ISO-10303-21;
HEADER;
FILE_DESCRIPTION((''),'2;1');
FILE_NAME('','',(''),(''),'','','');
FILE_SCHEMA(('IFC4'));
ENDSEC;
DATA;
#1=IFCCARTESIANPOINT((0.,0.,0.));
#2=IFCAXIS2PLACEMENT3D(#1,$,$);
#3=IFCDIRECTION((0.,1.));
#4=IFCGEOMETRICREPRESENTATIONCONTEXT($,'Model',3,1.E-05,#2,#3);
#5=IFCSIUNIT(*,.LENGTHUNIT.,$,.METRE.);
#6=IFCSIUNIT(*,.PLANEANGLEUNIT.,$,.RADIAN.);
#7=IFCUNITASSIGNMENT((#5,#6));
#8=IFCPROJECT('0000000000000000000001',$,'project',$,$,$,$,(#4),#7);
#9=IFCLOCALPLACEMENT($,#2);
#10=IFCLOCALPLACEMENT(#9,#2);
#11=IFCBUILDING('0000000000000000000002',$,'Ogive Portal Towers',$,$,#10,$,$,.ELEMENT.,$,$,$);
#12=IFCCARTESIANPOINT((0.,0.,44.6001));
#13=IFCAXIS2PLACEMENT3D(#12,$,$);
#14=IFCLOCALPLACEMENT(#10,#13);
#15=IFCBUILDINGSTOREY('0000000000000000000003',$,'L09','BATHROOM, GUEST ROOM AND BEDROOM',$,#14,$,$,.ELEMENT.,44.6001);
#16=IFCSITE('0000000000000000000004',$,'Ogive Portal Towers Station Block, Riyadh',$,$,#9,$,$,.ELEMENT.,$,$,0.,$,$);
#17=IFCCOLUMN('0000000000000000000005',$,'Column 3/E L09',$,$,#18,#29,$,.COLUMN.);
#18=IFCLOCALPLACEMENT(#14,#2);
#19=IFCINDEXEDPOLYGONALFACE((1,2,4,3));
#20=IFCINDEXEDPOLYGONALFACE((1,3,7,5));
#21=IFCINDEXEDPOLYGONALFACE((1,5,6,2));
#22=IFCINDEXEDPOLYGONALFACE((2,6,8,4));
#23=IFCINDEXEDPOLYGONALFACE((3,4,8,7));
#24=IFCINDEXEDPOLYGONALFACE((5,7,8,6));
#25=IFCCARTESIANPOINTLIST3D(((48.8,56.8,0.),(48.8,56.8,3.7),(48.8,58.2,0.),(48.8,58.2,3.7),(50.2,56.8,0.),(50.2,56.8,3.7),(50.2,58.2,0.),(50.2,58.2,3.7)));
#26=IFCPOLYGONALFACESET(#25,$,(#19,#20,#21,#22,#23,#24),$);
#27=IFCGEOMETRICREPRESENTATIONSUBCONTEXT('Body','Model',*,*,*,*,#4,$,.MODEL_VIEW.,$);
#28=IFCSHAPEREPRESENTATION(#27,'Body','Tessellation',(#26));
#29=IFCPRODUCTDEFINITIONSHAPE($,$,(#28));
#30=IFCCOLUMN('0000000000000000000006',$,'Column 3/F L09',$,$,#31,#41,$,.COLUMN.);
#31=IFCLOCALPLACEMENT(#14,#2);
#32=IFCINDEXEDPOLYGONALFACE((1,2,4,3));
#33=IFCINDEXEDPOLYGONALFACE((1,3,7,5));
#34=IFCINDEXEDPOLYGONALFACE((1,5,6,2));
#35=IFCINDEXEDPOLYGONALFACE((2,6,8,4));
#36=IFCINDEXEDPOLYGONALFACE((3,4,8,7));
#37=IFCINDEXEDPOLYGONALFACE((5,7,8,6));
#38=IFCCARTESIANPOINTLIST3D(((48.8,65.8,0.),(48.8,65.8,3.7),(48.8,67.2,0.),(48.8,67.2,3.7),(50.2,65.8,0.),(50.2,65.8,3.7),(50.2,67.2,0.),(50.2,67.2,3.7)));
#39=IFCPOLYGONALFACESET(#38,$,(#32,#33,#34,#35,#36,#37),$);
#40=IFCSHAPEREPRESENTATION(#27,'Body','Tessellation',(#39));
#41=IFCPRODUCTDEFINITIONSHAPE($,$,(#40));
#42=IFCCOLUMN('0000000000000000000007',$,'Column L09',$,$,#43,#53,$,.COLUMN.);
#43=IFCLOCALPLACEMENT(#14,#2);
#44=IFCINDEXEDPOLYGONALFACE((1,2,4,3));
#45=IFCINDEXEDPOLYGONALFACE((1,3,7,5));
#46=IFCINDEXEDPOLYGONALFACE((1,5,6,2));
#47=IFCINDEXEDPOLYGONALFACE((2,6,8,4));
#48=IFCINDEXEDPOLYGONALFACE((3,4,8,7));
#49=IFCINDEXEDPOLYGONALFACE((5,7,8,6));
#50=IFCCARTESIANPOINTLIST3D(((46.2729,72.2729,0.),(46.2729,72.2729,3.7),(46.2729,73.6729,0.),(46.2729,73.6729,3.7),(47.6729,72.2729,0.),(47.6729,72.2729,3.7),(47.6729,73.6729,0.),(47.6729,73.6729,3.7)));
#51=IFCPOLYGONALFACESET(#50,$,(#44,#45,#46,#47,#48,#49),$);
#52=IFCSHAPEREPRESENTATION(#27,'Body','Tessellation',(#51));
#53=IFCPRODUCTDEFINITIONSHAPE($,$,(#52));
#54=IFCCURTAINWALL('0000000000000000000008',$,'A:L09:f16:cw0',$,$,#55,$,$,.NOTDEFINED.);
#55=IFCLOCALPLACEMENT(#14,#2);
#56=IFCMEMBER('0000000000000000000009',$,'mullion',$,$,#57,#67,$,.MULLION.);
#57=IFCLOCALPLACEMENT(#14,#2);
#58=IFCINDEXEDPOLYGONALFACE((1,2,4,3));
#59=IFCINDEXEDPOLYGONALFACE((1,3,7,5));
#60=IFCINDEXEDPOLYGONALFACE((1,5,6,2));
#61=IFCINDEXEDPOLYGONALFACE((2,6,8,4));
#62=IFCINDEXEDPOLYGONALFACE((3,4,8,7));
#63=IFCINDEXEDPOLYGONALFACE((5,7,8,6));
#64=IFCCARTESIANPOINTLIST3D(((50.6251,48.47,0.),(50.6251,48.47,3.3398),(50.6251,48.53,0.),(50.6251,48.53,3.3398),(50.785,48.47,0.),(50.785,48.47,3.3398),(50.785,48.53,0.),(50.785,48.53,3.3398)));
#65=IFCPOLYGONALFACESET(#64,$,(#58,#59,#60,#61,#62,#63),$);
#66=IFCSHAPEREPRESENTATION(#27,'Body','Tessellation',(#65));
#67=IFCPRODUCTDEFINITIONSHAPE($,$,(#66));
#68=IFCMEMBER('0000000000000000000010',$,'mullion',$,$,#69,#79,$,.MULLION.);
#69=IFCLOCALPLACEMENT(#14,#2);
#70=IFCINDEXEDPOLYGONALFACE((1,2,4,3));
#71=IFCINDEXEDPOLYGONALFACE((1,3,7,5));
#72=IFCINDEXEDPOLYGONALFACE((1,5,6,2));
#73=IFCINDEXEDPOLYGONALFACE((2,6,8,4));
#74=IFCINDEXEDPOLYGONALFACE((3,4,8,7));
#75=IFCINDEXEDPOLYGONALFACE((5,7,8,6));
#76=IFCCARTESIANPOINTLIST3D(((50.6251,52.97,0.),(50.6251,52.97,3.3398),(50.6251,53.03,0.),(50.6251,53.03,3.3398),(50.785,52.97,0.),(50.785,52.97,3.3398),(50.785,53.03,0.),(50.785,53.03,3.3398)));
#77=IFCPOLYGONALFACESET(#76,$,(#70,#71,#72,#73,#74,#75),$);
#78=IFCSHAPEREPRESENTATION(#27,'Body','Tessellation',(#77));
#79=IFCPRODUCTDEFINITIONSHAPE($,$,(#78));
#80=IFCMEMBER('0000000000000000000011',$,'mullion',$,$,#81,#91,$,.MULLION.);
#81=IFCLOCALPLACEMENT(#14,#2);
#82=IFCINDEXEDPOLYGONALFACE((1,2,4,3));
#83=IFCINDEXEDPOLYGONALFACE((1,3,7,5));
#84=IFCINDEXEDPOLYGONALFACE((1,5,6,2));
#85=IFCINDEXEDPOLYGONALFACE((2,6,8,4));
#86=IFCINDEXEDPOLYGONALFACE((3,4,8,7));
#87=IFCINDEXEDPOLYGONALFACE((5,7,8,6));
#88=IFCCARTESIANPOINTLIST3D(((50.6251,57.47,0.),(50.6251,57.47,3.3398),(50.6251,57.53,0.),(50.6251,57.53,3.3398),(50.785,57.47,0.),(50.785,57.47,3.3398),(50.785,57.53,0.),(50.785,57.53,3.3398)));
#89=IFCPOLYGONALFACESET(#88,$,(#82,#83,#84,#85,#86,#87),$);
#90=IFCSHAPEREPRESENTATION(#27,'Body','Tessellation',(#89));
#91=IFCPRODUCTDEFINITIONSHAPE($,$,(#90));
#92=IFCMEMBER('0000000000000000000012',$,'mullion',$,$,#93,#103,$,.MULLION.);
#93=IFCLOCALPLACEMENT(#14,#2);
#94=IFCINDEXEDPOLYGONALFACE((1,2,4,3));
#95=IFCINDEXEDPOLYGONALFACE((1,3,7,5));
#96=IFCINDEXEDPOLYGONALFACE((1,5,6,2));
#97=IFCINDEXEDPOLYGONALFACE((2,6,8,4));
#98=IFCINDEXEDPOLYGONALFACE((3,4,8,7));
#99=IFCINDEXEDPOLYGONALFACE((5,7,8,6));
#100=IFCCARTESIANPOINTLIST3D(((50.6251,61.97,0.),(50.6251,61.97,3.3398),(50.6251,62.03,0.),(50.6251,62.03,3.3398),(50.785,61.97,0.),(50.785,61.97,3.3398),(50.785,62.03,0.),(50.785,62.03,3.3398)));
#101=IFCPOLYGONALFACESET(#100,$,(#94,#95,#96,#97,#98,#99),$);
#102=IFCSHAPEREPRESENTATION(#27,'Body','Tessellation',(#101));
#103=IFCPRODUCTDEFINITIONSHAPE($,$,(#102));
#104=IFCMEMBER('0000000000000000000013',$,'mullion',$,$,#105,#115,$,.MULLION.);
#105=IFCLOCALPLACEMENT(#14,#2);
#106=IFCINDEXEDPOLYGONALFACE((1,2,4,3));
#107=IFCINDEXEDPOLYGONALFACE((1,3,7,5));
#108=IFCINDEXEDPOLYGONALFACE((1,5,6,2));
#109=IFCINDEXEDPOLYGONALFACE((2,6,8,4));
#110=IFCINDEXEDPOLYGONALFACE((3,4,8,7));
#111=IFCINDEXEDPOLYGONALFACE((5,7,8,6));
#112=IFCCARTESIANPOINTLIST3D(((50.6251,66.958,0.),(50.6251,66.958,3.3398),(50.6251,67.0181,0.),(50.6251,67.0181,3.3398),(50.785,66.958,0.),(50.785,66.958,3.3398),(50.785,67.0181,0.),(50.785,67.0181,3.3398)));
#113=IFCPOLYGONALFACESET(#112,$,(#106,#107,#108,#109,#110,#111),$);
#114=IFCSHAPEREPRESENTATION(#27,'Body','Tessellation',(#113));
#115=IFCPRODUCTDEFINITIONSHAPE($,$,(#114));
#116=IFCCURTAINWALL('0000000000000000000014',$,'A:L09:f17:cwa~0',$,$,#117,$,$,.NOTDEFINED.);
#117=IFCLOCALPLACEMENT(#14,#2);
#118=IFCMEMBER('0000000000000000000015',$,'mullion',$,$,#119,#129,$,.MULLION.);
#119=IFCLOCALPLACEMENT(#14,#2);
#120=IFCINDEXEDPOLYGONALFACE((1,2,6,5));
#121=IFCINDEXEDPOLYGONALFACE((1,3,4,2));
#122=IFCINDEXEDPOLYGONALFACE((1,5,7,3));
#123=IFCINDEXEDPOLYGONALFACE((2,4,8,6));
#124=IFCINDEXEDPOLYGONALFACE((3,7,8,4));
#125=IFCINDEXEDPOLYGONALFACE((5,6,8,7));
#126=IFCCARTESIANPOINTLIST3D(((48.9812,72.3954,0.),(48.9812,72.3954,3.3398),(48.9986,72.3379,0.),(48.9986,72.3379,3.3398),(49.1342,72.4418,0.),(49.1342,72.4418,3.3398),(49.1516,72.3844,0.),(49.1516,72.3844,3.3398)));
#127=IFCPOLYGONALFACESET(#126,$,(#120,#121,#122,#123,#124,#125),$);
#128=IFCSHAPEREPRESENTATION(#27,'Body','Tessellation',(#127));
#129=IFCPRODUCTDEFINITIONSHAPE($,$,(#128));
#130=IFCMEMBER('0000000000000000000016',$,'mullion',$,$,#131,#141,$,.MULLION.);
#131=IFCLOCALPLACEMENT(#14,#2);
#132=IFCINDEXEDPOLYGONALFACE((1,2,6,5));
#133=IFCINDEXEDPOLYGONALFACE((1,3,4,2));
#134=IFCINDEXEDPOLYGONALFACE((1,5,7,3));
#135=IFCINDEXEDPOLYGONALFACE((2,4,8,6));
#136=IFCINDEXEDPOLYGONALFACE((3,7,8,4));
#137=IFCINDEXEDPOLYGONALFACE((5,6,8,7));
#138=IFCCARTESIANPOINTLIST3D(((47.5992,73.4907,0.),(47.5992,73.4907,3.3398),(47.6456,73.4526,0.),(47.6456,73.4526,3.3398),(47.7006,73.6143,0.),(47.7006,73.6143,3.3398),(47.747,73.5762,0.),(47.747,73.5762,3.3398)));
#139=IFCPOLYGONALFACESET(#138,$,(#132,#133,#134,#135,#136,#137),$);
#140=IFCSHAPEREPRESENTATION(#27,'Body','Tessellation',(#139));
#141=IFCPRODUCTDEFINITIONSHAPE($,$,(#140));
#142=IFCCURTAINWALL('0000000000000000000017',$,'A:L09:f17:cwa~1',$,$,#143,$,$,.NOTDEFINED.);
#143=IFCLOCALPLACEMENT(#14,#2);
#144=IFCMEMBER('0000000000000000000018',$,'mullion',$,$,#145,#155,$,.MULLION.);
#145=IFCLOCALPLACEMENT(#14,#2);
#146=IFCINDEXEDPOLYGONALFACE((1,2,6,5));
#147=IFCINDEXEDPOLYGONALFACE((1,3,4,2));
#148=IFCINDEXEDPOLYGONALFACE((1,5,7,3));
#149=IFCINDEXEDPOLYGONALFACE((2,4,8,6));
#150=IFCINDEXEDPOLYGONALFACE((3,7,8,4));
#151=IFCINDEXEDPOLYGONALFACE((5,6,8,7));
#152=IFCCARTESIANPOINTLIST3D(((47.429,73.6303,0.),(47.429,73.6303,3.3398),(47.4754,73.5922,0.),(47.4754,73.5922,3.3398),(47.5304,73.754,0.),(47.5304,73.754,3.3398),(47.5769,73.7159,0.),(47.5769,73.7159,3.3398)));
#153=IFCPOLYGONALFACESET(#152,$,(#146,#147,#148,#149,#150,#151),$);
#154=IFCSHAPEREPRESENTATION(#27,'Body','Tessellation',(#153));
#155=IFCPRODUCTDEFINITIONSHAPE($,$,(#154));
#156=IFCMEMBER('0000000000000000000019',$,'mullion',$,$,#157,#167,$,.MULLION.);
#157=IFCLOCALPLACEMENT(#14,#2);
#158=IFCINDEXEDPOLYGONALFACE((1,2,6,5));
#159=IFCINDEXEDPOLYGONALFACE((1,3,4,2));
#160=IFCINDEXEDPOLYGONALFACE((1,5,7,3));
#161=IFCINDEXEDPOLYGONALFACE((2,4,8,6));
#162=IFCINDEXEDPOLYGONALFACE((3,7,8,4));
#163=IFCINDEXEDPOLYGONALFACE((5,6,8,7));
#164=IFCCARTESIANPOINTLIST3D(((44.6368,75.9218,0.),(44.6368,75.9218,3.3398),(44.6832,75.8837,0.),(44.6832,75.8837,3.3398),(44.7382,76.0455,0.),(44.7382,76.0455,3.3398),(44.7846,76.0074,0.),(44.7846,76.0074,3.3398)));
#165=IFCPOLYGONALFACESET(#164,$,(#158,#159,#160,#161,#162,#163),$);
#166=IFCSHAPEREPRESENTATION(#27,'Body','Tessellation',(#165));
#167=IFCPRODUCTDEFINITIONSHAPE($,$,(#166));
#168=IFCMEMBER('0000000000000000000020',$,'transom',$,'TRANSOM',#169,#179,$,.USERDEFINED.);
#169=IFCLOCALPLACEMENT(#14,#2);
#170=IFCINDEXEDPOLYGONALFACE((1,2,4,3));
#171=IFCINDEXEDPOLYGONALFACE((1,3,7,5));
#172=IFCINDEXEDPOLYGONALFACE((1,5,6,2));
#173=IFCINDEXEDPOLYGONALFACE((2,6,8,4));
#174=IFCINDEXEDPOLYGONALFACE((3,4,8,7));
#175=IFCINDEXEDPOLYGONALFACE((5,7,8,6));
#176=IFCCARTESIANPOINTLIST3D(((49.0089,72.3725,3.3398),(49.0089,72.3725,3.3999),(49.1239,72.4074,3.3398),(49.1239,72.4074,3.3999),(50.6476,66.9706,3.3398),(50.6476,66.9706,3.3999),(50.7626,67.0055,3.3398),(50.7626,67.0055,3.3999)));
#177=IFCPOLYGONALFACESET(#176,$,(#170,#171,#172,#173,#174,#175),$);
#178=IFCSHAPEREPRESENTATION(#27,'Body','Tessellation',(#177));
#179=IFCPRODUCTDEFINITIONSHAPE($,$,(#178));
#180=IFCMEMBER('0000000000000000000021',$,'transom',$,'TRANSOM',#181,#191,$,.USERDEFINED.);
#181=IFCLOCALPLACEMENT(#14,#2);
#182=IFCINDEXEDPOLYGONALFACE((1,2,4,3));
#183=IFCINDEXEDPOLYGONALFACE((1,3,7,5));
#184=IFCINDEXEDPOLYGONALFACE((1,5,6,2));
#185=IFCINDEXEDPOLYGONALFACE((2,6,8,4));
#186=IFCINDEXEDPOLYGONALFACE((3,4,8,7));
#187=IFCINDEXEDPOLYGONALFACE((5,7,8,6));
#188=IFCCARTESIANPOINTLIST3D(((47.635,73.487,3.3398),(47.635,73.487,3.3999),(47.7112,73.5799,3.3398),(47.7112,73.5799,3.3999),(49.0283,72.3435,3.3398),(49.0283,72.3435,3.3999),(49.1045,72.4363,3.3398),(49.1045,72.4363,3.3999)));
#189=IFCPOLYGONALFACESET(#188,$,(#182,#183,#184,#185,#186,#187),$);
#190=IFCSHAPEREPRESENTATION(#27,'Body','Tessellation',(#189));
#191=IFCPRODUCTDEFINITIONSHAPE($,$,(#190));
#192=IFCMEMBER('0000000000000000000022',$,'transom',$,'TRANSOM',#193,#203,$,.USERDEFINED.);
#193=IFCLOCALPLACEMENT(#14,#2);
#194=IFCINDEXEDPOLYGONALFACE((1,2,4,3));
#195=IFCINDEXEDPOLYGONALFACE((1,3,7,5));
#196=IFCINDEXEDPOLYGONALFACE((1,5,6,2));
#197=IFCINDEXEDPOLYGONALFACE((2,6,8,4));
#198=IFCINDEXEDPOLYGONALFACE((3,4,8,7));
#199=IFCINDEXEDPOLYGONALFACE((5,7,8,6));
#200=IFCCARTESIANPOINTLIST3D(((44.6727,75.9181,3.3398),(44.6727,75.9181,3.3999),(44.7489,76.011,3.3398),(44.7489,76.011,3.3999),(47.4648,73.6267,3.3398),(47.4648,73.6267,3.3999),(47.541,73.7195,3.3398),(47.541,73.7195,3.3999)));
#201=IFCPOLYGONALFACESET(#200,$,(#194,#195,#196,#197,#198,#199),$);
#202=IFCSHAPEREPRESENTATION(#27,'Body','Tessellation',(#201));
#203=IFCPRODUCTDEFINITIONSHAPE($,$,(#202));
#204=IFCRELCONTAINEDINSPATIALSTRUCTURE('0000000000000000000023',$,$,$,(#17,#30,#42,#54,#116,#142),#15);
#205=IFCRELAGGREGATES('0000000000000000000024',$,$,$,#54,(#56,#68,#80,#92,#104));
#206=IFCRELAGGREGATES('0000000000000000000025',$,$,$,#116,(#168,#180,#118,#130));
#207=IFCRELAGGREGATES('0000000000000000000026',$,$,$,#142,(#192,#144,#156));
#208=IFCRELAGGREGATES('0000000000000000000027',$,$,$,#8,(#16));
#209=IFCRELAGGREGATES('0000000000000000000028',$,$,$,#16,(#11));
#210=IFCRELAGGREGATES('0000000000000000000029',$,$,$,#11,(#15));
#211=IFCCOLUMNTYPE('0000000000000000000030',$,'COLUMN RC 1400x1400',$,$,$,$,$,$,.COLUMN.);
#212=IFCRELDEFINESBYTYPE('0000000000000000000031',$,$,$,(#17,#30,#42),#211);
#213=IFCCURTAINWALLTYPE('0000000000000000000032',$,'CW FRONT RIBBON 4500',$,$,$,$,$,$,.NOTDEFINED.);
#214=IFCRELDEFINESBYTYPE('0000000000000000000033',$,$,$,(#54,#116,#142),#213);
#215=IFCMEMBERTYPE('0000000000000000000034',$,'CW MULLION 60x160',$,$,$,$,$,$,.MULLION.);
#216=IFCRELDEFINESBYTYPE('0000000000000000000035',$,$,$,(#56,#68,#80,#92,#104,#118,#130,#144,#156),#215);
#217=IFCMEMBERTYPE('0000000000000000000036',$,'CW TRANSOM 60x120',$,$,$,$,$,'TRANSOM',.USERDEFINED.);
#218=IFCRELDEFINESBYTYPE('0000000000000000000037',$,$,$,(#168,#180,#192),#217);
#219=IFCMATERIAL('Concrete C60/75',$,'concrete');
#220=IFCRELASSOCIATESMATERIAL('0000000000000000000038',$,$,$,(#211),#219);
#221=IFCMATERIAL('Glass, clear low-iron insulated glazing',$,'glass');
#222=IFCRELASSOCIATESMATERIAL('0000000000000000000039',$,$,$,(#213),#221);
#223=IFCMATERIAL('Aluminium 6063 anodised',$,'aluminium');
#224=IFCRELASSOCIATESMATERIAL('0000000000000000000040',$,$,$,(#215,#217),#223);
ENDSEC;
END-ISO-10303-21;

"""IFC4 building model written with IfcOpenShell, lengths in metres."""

from ifc_helpers import new_model, si_unit, direction, frame, origin, origin_2d, place, context, subcontext, project, spatial, rectangle, extrude, material, material_profile, profile_set, type_object, element, aggregate, save


model = new_model("IFC4")

# Units and contexts
model_context = context("Model", 3, precision=1e-05, world=origin(), true_north=direction((0.0, 1.0)))
body_context = subcontext(model_context, "Body", "Model", "MODEL_VIEW")
ifc_project = project(units=[si_unit("LENGTHUNIT", "METRE"), si_unit("PLANEANGLEUNIT", "RADIAN")], contexts=[model_context])

# Site, building, storey
site_placement = place(None, origin())
site = spatial("IfcSite", under=ifc_project, at=site_placement, Name="Ogive Portal Towers Station Block, Riyadh", CompositionType="ELEMENT", RefElevation=0.0)
building_placement = place(site_placement, origin())
building = spatial("IfcBuilding", under=site, at=building_placement, Name="Ogive Portal Towers", CompositionType="ELEMENT")
storey_placement = place(building_placement, frame((0.0, 0.0, 44.6001)))
storey = spatial("IfcBuildingStorey", under=building, at=storey_placement, Name="L09", Description="BATHROOM, GUEST ROOM AND BEDROOM", CompositionType="ELEMENT", Elevation=44.6001)

# Columns
ifc_material_1 = material(Name="Concrete C60/75", Category="concrete")
ifc_material_profile_1 = material_profile(ifc_material_1, rectangle(XDim=1.3999, YDim=1.3999, at=origin_2d()), Name="RC 1400x1400")
ifc_profile_set_1 = profile_set([ifc_material_profile_1], Name="Concrete C60/75")
column_type = type_object("IfcColumnType", Name="COLUMN RC 1400x1400", PredefinedType="COLUMN", material=ifc_profile_set_1)
for number, where, z_axis, x_axis, name in (
    (1, (49.5, 57.5, 0.0), (0.0, 0.0, 1.0), (1.0, 0.0, 0.0), "Column 3/E L09"),
    (2, (49.5, 66.5, 0.0), (0.0, 0.0, 1.0), (1.0, 0.0, 0.0), "Column 3/F L09"),
    (3, (46.9729, 72.9729, 0.0), (0.0, 0.0, 1.0), (1.0, 0.0, 0.0), "Column L09"),
):
    element("IfcColumn", number, at=place(storey_placement, frame(where, z_axis=z_axis, x_axis=x_axis)), inside=storey, type_object=column_type, Name=name, PredefinedType="COLUMN", context=body_context, shape_type="SweptSolid", body=[
        extrude(rectangle(XDim=1.3999, YDim=1.3999, at=origin_2d()), origin(), (0.0, 0.0, 1.0), 3.7),
    ])

# Curtain walls, members
ifc_material_2 = material(Name="Glass, clear low-iron insulated glazing", Category="glass")
curtain_wall_type = type_object("IfcCurtainWallType", Name="CW FRONT RIBBON 4500", PredefinedType="NOTDEFINED", material=ifc_material_2)
curtain_wall_1_placement = place(storey_placement, origin())
curtain_wall_1 = element("IfcCurtainWall", 4, at=curtain_wall_1_placement, inside=storey, type_object=curtain_wall_type, Name="A:L09:f16:cw0", PredefinedType="NOTDEFINED")
ifc_material_3 = material(Name="Aluminium 6063 anodised", Category="aluminium")
ifc_material_profile_2 = material_profile(ifc_material_3, rectangle(XDim=0.1599, YDim=0.0601, at=origin_2d()), Name="AL 60x160")
ifc_profile_set_2 = profile_set([ifc_material_profile_2], Name="Aluminium 6063 anodised")
member_type_1 = type_object("IfcMemberType", Name="CW MULLION 60x160", PredefinedType="MULLION", material=ifc_profile_set_2)
member_1_placement = place(storey_placement, frame((50.7051, 48.5, 0.0), z_axis=(0.0, 0.0, 1.0), x_axis=(-1.0, 0.0, 0.0)))
member_1 = element("IfcMember", 5, at=member_1_placement, type_object=member_type_1, Name="mullion", PredefinedType="MULLION", context=body_context, shape_type="SweptSolid", body=[
    extrude(rectangle(XDim=0.1599, YDim=0.0601, at=origin_2d()), origin(), (0.0, 0.0, 1.0), 3.3398),
])
member_2_placement = place(storey_placement, frame((50.7051, 53.0, 0.0), z_axis=(0.0, 0.0, 1.0), x_axis=(-1.0, 0.0, 0.0)))
member_2 = element("IfcMember", 6, at=member_2_placement, type_object=member_type_1, Name="mullion", PredefinedType="MULLION", context=body_context, shape_type="SweptSolid", body=[
    extrude(rectangle(XDim=0.1599, YDim=0.0601, at=origin_2d()), origin(), (0.0, 0.0, 1.0), 3.3398),
])
member_3_placement = place(storey_placement, frame((50.7051, 57.5, 0.0), z_axis=(0.0, 0.0, 1.0), x_axis=(-1.0, 0.0, 0.0)))
member_3 = element("IfcMember", 7, at=member_3_placement, type_object=member_type_1, Name="mullion", PredefinedType="MULLION", context=body_context, shape_type="SweptSolid", body=[
    extrude(rectangle(XDim=0.1599, YDim=0.0601, at=origin_2d()), origin(), (0.0, 0.0, 1.0), 3.3398),
])
member_4_placement = place(storey_placement, frame((50.7051, 62.0, 0.0), z_axis=(0.0, 0.0, 1.0), x_axis=(-1.0, 0.0, 0.0)))
member_4 = element("IfcMember", 8, at=member_4_placement, type_object=member_type_1, Name="mullion", PredefinedType="MULLION", context=body_context, shape_type="SweptSolid", body=[
    extrude(rectangle(XDim=0.1599, YDim=0.0601, at=origin_2d()), origin(), (0.0, 0.0, 1.0), 3.3398),
])
member_5_placement = place(storey_placement, frame((50.7051, 66.988, 0.0), z_axis=(0.0, 0.0, 1.0), x_axis=(-1.0, 0.0, 0.0)))
member_5 = element("IfcMember", 9, at=member_5_placement, type_object=member_type_1, Name="mullion", PredefinedType="MULLION", context=body_context, shape_type="SweptSolid", body=[
    extrude(rectangle(XDim=0.1599, YDim=0.0601, at=origin_2d()), origin(), (0.0, 0.0, 1.0), 3.3398),
])
curtain_wall_2_placement = place(storey_placement, origin())
curtain_wall_2 = element("IfcCurtainWall", 10, at=curtain_wall_2_placement, inside=storey, type_object=curtain_wall_type, Name="A:L09:f17:cwa~0", PredefinedType="NOTDEFINED")
member_6_placement = place(storey_placement, frame((49.0664, 72.3899, 0.0), z_axis=(0.0, 0.0, 1.0), x_axis=(-0.95694, -0.290285, 0.0)))
member_6 = element("IfcMember", 11, at=member_6_placement, type_object=member_type_1, Name="mullion", PredefinedType="MULLION", context=body_context, shape_type="SweptSolid", body=[
    extrude(rectangle(XDim=0.1599, YDim=0.0601, at=origin_2d()), origin(), (0.0, 0.0, 1.0), 3.3398),
])
member_7_placement = place(storey_placement, frame((47.6731, 73.5334, 0.0), z_axis=(0.0, 0.0, 1.0), x_axis=(-0.634393, -0.77301, 0.0)))
member_7 = element("IfcMember", 12, at=member_7_placement, type_object=member_type_1, Name="mullion", PredefinedType="MULLION", context=body_context, shape_type="SweptSolid", body=[
    extrude(rectangle(XDim=0.1599, YDim=0.0601, at=origin_2d()), origin(), (0.0, 0.0, 1.0), 3.3398),
])
curtain_wall_3_placement = place(storey_placement, origin())
curtain_wall_3 = element("IfcCurtainWall", 13, at=curtain_wall_3_placement, inside=storey, type_object=curtain_wall_type, Name="A:L09:f17:cwa~1", PredefinedType="NOTDEFINED")
member_8_placement = place(storey_placement, frame((47.5029, 73.6731, 0.0), z_axis=(0.0, 0.0, 1.0), x_axis=(-0.634393, -0.77301, 0.0)))
member_8 = element("IfcMember", 14, at=member_8_placement, type_object=member_type_1, Name="mullion", PredefinedType="MULLION", context=body_context, shape_type="SweptSolid", body=[
    extrude(rectangle(XDim=0.1599, YDim=0.0601, at=origin_2d()), origin(), (0.0, 0.0, 1.0), 3.3398),
])
member_9_placement = place(storey_placement, frame((44.7107, 75.9646, 0.0), z_axis=(0.0, 0.0, 1.0), x_axis=(-0.634393, -0.77301, 0.0)))
member_9 = element("IfcMember", 15, at=member_9_placement, type_object=member_type_1, Name="mullion", PredefinedType="MULLION", context=body_context, shape_type="SweptSolid", body=[
    extrude(rectangle(XDim=0.1599, YDim=0.0601, at=origin_2d()), origin(), (0.0, 0.0, 1.0), 3.3398),
])

# Members
ifc_material_profile_3 = material_profile(ifc_material_3, rectangle(XDim=0.1201, YDim=0.0601, at=origin_2d()), Name="AL 120x60")
ifc_profile_set_3 = profile_set([ifc_material_profile_3], Name="Aluminium 6063 anodised")
member_type_2 = type_object("IfcMemberType", Name="CW TRANSOM 60x120", ElementType="TRANSOM", PredefinedType="USERDEFINED", material=ifc_profile_set_3)
member_10_placement = place(storey_placement, frame((50.7051, 66.988, 3.3699), z_axis=(-0.290291, 0.956939, 0.0), x_axis=(-0.956939, -0.290291, 0.0)))
member_10 = element("IfcMember", 16, at=member_10_placement, type_object=member_type_2, Name="transom", ObjectType="TRANSOM", PredefinedType="USERDEFINED", context=body_context, shape_type="SweptSolid", body=[
    extrude(rectangle(XDim=0.1201, YDim=0.0601, at=origin_2d()), origin(), (0.0, 0.0, 1.0), 5.645),
])
member_11_placement = place(storey_placement, frame((49.0664, 72.3899, 3.3699), z_axis=(-0.772985, 0.634425, 0.0), x_axis=(-0.634425, -0.772985, 0.0)))
member_11 = element("IfcMember", 17, at=member_11_placement, type_object=member_type_2, Name="transom", ObjectType="TRANSOM", PredefinedType="USERDEFINED", context=body_context, shape_type="SweptSolid", body=[
    extrude(rectangle(XDim=0.1201, YDim=0.0601, at=origin_2d()), origin(), (0.0, 0.0, 1.0), 1.8025),
])
member_12_placement = place(storey_placement, frame((47.5029, 73.6731, 3.3699), z_axis=(-0.773014, 0.634389, 0.0), x_axis=(-0.634389, -0.773014, 0.0)))
member_12 = element("IfcMember", 18, at=member_12_placement, type_object=member_type_2, Name="transom", ObjectType="TRANSOM", PredefinedType="USERDEFINED", context=body_context, shape_type="SweptSolid", body=[
    extrude(rectangle(XDim=0.1201, YDim=0.0601, at=origin_2d()), origin(), (0.0, 0.0, 1.0), 3.6121),
])

aggregate(curtain_wall_1, [member_1, member_2, member_3, member_4, member_5])
aggregate(curtain_wall_2, [member_10, member_11, member_6, member_7])
aggregate(curtain_wall_3, [member_12, member_8, member_9])

save(model, "model.ifc")
